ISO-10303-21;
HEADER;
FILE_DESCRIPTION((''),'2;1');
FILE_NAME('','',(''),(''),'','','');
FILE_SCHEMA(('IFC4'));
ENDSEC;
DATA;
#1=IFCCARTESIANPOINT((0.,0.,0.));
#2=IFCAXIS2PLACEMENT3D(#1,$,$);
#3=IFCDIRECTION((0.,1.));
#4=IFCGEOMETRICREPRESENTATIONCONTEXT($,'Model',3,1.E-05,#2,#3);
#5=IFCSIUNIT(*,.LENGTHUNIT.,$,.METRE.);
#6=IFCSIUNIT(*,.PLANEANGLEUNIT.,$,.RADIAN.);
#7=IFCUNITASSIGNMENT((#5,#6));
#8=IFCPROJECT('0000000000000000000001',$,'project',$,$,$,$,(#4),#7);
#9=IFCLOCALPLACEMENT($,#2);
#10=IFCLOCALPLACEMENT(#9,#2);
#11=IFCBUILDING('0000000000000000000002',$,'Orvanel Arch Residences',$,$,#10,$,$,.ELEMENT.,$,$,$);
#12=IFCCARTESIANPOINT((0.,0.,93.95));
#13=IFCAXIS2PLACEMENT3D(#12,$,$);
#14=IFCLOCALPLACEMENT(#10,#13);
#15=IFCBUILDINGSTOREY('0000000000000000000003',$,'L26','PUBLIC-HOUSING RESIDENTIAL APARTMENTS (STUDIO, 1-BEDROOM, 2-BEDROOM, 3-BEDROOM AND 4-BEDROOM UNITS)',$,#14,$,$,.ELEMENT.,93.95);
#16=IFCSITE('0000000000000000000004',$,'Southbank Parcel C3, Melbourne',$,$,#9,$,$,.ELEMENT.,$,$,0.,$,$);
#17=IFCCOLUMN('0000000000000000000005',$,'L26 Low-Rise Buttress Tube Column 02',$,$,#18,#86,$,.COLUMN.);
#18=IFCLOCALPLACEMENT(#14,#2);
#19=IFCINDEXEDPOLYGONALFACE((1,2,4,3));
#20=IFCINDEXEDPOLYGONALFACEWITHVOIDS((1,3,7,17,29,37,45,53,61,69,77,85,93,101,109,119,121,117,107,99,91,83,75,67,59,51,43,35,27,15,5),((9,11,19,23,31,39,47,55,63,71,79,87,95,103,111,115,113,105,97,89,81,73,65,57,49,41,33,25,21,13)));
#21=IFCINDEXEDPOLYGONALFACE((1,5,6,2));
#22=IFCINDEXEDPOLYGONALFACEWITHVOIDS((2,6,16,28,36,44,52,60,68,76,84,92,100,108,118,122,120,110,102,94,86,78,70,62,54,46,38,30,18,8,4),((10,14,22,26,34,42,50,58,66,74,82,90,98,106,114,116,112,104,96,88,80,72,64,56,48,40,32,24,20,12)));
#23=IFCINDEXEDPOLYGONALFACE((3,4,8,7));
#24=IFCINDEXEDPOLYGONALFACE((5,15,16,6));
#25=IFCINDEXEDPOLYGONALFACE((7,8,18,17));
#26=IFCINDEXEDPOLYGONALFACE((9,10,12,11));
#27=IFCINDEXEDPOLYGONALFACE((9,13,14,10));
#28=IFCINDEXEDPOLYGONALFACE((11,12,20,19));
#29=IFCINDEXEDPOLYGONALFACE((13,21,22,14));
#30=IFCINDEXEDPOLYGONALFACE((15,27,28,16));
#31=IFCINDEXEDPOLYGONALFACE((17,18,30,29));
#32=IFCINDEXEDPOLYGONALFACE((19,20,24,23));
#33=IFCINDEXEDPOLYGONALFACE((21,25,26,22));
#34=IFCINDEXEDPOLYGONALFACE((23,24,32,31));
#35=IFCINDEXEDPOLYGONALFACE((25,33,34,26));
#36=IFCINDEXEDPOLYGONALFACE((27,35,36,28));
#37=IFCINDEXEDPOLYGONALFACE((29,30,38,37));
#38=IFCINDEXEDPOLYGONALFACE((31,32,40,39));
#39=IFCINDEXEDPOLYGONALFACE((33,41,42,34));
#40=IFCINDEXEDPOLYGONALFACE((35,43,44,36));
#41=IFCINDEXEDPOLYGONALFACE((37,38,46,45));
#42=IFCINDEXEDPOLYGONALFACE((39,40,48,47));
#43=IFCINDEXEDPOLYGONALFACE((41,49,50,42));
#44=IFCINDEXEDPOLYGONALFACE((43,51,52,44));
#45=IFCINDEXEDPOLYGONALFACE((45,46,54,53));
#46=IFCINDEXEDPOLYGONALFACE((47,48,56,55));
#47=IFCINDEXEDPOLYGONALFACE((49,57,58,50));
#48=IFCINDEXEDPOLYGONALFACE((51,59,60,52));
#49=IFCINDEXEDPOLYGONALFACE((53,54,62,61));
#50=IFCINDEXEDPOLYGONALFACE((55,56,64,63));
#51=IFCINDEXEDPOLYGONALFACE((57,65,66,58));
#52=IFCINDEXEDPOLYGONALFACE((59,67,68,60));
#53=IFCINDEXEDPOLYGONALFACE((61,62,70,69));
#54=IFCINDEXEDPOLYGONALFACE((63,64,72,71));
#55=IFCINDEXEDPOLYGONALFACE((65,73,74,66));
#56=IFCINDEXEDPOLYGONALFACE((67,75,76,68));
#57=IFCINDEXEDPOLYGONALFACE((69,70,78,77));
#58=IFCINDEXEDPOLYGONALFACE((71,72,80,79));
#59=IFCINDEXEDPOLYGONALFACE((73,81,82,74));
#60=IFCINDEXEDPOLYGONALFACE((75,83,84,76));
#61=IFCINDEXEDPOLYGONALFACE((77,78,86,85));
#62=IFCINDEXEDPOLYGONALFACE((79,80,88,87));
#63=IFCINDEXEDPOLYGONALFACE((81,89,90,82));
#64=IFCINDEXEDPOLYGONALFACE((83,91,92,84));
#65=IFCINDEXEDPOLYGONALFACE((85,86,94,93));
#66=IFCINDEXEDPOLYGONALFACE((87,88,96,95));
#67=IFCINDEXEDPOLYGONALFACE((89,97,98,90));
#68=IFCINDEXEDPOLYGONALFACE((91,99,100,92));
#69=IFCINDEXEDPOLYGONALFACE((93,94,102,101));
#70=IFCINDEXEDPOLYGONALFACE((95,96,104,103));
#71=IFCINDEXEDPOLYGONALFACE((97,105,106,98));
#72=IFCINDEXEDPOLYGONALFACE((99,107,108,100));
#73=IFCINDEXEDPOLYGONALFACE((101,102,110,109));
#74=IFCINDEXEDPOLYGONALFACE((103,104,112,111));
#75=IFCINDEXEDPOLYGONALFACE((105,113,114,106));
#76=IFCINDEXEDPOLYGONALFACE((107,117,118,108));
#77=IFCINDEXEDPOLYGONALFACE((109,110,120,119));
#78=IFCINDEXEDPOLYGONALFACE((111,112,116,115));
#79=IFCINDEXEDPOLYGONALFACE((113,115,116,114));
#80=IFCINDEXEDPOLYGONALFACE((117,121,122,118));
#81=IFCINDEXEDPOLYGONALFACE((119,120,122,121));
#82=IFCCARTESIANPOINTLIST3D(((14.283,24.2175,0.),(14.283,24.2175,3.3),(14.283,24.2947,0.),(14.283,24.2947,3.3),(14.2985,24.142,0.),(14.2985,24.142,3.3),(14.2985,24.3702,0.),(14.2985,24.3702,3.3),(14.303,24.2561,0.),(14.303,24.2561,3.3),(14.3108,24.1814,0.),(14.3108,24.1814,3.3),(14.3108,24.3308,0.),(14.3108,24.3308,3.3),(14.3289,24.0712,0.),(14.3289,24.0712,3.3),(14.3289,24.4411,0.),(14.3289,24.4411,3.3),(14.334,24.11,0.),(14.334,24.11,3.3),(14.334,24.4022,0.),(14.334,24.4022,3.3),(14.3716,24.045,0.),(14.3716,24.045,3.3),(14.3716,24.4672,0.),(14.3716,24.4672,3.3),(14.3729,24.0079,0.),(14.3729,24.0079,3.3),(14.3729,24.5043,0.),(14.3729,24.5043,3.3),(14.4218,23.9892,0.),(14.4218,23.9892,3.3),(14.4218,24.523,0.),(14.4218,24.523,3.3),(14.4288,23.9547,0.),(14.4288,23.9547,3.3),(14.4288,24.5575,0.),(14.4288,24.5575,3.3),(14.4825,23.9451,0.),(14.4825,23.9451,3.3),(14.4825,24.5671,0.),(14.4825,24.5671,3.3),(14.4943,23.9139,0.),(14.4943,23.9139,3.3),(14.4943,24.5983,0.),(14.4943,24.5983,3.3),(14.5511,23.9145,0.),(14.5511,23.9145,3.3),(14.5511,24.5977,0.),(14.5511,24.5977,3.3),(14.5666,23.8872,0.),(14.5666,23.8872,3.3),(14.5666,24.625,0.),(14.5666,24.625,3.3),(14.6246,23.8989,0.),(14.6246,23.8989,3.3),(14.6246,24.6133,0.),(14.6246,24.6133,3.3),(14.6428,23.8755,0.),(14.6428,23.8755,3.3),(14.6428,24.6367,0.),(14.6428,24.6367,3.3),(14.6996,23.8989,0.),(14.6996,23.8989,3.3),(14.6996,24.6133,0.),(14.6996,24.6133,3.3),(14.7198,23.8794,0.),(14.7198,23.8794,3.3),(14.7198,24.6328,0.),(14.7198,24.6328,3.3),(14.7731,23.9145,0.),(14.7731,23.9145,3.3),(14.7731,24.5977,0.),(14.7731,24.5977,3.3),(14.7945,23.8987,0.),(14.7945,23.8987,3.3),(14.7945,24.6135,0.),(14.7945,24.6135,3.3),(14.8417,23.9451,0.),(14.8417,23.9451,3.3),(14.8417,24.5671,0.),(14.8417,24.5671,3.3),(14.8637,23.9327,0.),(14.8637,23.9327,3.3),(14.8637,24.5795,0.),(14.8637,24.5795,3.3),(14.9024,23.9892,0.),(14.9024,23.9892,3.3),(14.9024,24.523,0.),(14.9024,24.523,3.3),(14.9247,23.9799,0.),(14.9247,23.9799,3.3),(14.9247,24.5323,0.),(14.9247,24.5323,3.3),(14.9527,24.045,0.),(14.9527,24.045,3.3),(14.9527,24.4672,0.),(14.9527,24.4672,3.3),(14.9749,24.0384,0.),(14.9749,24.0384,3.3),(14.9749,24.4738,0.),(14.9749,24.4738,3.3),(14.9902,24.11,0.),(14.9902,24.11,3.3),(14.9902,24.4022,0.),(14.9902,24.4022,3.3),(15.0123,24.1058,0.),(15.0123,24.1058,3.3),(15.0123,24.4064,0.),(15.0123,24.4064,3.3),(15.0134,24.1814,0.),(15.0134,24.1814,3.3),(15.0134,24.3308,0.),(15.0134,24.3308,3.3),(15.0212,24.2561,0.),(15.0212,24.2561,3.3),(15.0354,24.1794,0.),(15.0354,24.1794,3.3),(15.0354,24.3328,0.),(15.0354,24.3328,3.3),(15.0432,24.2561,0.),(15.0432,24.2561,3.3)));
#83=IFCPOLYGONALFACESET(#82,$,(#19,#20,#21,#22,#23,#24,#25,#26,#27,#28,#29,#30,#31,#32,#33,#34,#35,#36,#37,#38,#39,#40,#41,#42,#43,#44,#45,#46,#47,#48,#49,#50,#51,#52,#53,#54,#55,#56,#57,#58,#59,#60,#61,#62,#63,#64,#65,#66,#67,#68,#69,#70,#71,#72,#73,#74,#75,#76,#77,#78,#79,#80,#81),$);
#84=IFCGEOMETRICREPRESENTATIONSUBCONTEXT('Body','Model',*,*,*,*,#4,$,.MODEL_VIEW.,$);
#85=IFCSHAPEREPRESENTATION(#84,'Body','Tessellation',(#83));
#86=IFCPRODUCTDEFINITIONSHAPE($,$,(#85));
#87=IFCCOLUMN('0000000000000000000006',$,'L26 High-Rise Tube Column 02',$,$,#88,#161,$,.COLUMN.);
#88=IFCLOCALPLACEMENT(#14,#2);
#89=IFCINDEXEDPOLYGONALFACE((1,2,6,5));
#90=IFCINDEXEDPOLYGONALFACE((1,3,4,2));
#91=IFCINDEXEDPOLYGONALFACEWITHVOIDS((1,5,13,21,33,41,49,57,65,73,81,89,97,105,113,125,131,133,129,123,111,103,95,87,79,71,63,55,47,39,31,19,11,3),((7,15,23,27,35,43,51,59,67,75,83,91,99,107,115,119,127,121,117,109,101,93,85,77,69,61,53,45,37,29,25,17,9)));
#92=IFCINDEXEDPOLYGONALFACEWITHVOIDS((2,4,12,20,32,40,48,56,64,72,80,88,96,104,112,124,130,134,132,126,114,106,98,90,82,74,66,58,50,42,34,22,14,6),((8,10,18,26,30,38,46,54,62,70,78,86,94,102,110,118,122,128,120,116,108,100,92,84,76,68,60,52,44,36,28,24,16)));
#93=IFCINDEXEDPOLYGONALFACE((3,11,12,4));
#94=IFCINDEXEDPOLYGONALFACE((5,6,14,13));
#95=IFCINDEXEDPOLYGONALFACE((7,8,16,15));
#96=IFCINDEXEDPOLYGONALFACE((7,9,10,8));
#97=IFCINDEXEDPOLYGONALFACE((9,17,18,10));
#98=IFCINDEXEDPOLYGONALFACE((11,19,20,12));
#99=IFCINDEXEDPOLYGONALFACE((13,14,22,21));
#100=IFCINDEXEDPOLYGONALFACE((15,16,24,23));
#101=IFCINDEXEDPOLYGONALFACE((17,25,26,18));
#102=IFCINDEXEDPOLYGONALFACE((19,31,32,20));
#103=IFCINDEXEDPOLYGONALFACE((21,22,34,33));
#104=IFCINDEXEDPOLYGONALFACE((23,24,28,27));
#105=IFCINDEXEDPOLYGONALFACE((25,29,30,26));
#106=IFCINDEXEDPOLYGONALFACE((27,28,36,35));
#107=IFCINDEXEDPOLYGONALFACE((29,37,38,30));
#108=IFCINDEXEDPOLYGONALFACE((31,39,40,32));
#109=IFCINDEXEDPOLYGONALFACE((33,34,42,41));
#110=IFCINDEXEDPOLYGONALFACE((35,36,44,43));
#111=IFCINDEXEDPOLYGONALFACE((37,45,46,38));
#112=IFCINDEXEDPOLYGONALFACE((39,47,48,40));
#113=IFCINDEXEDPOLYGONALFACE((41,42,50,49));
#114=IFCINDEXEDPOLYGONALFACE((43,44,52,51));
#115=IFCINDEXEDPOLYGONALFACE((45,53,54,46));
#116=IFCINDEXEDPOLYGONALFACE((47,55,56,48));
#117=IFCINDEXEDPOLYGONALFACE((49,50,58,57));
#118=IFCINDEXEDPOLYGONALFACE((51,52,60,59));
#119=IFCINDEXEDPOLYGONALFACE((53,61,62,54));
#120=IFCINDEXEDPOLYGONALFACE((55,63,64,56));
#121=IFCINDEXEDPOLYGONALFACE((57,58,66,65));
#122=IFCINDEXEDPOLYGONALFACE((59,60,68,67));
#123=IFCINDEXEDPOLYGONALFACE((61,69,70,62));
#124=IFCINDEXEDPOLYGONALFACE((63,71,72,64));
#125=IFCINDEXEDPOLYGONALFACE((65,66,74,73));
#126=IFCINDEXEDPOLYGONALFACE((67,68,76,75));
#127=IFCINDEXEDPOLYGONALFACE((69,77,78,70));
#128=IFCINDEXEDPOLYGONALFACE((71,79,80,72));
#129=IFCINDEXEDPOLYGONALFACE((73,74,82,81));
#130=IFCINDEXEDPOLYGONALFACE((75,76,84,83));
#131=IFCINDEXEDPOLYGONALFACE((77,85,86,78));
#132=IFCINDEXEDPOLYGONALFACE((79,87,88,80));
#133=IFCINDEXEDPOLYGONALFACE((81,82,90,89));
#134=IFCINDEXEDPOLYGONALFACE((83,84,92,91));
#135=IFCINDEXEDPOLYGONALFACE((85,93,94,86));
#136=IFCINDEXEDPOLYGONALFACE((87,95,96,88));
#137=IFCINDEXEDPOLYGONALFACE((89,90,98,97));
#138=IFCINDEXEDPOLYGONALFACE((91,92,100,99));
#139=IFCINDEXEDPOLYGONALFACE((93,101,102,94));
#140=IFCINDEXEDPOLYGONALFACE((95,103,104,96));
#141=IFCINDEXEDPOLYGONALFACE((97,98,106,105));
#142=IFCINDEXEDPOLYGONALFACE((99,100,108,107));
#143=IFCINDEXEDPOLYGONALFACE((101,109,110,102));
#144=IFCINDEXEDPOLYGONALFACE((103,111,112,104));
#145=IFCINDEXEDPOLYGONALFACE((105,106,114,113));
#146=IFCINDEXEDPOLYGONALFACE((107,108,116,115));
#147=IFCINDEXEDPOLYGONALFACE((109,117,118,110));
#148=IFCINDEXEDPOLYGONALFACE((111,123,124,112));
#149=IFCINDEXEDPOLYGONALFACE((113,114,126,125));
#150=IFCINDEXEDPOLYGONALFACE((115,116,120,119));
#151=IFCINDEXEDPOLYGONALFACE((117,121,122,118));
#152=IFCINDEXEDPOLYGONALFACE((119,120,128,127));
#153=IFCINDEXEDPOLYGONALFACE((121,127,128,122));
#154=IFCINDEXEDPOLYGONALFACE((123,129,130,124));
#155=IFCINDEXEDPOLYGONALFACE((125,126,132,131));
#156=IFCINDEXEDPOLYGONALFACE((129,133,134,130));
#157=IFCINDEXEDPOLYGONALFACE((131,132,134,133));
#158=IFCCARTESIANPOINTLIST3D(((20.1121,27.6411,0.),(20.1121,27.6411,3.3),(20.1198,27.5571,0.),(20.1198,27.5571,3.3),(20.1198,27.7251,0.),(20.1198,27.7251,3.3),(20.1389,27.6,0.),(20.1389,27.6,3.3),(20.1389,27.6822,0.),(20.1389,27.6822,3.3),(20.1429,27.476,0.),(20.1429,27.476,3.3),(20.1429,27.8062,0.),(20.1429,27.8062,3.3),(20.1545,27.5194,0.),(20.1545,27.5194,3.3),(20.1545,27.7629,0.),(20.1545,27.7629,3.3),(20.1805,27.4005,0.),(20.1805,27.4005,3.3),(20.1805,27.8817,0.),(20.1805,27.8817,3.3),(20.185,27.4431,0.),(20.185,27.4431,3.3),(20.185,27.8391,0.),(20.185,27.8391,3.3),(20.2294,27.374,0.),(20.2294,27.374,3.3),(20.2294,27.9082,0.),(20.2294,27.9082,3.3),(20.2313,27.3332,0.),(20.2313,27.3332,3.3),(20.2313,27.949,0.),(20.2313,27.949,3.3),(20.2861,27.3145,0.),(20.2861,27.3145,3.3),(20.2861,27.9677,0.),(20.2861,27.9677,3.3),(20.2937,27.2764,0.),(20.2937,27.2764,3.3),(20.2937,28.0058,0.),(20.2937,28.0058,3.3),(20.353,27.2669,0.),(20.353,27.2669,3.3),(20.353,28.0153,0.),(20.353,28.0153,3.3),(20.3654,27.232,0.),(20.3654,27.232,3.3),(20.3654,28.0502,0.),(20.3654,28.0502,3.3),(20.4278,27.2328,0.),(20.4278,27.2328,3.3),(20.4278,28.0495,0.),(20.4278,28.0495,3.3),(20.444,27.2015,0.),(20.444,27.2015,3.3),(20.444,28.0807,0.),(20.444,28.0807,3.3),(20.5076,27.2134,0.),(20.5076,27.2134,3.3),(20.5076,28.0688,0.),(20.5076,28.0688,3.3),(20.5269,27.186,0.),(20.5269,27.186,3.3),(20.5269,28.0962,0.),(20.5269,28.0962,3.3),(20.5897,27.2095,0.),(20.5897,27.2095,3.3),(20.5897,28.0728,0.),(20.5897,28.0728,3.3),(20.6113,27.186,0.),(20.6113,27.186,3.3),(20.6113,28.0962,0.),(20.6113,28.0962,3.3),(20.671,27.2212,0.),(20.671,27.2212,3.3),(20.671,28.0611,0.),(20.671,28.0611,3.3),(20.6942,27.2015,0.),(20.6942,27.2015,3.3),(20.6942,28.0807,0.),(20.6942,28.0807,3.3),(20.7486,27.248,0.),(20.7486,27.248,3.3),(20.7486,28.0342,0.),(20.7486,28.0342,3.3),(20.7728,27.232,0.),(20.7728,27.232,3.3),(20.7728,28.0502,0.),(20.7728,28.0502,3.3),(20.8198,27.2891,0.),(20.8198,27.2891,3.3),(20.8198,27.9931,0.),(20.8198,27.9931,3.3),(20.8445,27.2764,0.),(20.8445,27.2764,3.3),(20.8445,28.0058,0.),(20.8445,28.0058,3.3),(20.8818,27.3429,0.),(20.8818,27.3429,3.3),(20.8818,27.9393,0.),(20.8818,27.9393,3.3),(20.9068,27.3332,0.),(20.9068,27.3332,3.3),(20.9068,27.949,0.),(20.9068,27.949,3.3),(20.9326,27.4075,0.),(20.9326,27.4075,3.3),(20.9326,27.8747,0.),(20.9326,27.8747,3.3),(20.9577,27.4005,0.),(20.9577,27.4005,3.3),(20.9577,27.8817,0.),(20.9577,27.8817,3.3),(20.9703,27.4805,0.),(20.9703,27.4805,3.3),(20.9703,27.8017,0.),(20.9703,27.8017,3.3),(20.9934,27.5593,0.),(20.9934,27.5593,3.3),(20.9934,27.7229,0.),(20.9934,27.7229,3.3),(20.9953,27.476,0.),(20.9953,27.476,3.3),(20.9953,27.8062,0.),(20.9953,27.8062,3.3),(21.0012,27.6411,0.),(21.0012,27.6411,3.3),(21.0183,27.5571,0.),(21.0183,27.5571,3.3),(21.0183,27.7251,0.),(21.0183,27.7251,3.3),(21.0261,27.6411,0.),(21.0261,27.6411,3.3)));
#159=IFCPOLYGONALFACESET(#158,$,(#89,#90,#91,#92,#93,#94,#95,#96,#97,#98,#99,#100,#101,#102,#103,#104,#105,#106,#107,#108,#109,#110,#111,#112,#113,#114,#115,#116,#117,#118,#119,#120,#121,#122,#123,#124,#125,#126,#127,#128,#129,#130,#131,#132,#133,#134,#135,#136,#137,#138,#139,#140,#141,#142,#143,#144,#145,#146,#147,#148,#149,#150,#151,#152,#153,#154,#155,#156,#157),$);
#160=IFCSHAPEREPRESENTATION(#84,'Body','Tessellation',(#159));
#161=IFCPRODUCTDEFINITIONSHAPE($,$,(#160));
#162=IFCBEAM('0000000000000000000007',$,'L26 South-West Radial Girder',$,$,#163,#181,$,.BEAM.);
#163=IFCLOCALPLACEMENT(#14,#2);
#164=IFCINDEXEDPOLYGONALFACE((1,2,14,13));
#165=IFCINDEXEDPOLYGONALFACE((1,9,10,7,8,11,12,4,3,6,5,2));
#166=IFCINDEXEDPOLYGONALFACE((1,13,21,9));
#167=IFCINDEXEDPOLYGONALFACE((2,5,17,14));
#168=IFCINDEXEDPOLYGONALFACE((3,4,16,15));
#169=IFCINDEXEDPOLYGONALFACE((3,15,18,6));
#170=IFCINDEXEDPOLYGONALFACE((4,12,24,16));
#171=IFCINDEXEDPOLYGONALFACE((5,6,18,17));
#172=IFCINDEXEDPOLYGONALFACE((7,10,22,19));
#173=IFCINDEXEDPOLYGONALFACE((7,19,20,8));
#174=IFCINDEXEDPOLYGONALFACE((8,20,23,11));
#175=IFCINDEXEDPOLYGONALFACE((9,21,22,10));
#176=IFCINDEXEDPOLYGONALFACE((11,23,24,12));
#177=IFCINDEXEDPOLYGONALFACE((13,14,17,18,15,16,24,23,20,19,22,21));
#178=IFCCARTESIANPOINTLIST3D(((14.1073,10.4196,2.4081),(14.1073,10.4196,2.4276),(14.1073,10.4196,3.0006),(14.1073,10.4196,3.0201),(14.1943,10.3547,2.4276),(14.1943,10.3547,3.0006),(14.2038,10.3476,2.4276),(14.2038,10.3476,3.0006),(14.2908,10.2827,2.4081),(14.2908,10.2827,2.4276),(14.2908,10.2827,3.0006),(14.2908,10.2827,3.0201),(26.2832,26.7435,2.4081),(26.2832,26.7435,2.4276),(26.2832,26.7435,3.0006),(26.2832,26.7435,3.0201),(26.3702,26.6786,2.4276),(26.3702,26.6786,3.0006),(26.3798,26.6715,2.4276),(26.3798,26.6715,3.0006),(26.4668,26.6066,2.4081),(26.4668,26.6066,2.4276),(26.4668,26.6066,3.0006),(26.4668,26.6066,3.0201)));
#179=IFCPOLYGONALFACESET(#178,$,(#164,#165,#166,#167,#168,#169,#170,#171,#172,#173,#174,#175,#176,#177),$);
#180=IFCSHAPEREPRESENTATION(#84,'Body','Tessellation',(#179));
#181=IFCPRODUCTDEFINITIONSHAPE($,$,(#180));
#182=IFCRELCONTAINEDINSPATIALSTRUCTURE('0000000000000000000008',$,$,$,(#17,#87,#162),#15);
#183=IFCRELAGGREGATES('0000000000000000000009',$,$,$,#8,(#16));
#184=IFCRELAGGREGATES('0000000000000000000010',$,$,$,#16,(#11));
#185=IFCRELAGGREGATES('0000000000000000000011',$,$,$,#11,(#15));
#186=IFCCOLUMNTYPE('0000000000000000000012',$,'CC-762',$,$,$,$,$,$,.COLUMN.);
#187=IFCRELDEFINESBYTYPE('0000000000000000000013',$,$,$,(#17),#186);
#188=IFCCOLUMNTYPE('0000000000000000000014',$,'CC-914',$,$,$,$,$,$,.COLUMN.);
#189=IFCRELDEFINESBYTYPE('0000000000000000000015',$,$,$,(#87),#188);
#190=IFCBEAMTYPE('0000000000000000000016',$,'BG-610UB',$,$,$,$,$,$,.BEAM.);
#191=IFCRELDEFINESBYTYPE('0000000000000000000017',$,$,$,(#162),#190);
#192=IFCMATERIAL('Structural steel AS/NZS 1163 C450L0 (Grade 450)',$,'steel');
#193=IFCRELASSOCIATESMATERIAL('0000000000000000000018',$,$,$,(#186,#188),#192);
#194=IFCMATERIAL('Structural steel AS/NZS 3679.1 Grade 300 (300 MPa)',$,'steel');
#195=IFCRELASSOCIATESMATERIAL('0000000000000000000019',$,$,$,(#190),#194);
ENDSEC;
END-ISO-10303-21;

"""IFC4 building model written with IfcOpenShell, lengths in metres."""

from ifc_helpers import new_model, si_unit, direction, frame, origin, origin_2d, place, context, subcontext, project, spatial, hollow_circle, i_section, extrude, material, material_profile, profile_set, type_object, element, save


model = new_model("IFC4")

# Units and contexts
model_context = context("Model", 3, precision=1e-05, world=origin(), true_north=direction((0.0, 1.0)))
body_context = subcontext(model_context, "Body", "Model", "MODEL_VIEW")
ifc_project = project(units=[si_unit("LENGTHUNIT", "METRE"), si_unit("PLANEANGLEUNIT", "RADIAN")], contexts=[model_context])

# Site, building, storey
site_placement = place(None, origin())
site = spatial("IfcSite", under=ifc_project, at=site_placement, Name="Southbank Parcel C3, Melbourne", CompositionType="ELEMENT", RefElevation=0.0)
building_placement = place(site_placement, origin())
building = spatial("IfcBuilding", under=site, at=building_placement, Name="Orvanel Arch Residences", CompositionType="ELEMENT")
storey_placement = place(building_placement, frame((0.0, 0.0, 93.95)))
storey = spatial("IfcBuildingStorey", under=building, at=storey_placement, Name="L26", Description="PUBLIC-HOUSING RESIDENTIAL APARTMENTS (STUDIO, 1-BEDROOM, 2-BEDROOM, 3-BEDROOM AND 4-BEDROOM UNITS)", CompositionType="ELEMENT", Elevation=93.95)

# Columns
ifc_material_1 = material(Name="Structural steel AS/NZS 1163 C450L0 (Grade 450)", Category="steel")
ifc_material_profile_1 = material_profile(ifc_material_1, hollow_circle(Radius=0.3811, WallThickness=0.022, at=origin_2d()), Name="CHS762x22")
ifc_profile_set_1 = profile_set([ifc_material_profile_1], Name="Structural steel AS/NZS 1163 C450L0 (Grade 450)")
column_type_1 = type_object("IfcColumnType", Name="CC-762", PredefinedType="COLUMN", material=ifc_profile_set_1)
column_1_placement = place(storey_placement, frame((14.6621, 24.2561, 0.0), z_axis=(0.0, 0.0, 1.0), x_axis=(1.0, 0.0, 0.0)))
element("IfcColumn", 1, at=column_1_placement, inside=storey, type_object=column_type_1, Name="L26 Low-Rise Buttress Tube Column 02", PredefinedType="COLUMN", context=body_context, shape_type="SweptSolid", body=[
    extrude(hollow_circle(Radius=0.3811, WallThickness=0.022, at=origin_2d()), origin(), (0.0, 0.0, 1.0), 3.3),
])
ifc_material_profile_2 = material_profile(ifc_material_1, hollow_circle(Radius=0.457, WallThickness=0.0249, at=origin_2d()), Name="CHS914x25")
ifc_profile_set_2 = profile_set([ifc_material_profile_2], Name="Structural steel AS/NZS 1163 C450L0 (Grade 450)")
column_type_2 = type_object("IfcColumnType", Name="CC-914", PredefinedType="COLUMN", material=ifc_profile_set_2)
column_2_placement = place(storey_placement, frame((20.5691, 27.6411, 0.0), z_axis=(0.0, 0.0, 1.0), x_axis=(1.0, 0.0, 0.0)))
element("IfcColumn", 2, at=column_2_placement, inside=storey, type_object=column_type_2, Name="L26 High-Rise Tube Column 02", PredefinedType="COLUMN", context=body_context, shape_type="SweptSolid", body=[
    extrude(hollow_circle(Radius=0.457, WallThickness=0.0249, at=origin_2d()), origin(), (0.0, 0.0, 1.0), 3.3),
])

# Beam
ifc_material_2 = material(Name="Structural steel AS/NZS 3679.1 Grade 300 (300 MPa)", Category="steel")
ifc_material_profile_3 = material_profile(ifc_material_2, i_section(OverallWidth=0.229, OverallDepth=0.6121, WebThickness=0.012, FlangeThickness=0.0195, at=origin_2d()), Name="610UB125")
ifc_profile_set_3 = profile_set([ifc_material_profile_3], Name="Structural steel AS/NZS 3679.1 Grade 300 (300 MPa)")
beam_type_1 = type_object("IfcBeamType", Name="BG-610UB", PredefinedType="BEAM", material=ifc_profile_set_3)
beam_1_placement = place(storey_placement, frame((26.375, 26.675, 2.7141), z_axis=(-0.597894, -0.801575, 0.0), x_axis=(0.801575, -0.597894, 0.0)))
element("IfcBeam", 3, at=beam_1_placement, inside=storey, type_object=beam_type_1, Name="L26 South-West Radial Girder", PredefinedType="BEAM", context=body_context, shape_type="SweptSolid", body=[
    extrude(i_section(OverallWidth=0.229, OverallDepth=0.6121, WebThickness=0.012, FlangeThickness=0.0195, at=origin_2d()), origin(), (0.0, 0.0, 1.0), 20.3647),
])

save(model, "model.ifc")
